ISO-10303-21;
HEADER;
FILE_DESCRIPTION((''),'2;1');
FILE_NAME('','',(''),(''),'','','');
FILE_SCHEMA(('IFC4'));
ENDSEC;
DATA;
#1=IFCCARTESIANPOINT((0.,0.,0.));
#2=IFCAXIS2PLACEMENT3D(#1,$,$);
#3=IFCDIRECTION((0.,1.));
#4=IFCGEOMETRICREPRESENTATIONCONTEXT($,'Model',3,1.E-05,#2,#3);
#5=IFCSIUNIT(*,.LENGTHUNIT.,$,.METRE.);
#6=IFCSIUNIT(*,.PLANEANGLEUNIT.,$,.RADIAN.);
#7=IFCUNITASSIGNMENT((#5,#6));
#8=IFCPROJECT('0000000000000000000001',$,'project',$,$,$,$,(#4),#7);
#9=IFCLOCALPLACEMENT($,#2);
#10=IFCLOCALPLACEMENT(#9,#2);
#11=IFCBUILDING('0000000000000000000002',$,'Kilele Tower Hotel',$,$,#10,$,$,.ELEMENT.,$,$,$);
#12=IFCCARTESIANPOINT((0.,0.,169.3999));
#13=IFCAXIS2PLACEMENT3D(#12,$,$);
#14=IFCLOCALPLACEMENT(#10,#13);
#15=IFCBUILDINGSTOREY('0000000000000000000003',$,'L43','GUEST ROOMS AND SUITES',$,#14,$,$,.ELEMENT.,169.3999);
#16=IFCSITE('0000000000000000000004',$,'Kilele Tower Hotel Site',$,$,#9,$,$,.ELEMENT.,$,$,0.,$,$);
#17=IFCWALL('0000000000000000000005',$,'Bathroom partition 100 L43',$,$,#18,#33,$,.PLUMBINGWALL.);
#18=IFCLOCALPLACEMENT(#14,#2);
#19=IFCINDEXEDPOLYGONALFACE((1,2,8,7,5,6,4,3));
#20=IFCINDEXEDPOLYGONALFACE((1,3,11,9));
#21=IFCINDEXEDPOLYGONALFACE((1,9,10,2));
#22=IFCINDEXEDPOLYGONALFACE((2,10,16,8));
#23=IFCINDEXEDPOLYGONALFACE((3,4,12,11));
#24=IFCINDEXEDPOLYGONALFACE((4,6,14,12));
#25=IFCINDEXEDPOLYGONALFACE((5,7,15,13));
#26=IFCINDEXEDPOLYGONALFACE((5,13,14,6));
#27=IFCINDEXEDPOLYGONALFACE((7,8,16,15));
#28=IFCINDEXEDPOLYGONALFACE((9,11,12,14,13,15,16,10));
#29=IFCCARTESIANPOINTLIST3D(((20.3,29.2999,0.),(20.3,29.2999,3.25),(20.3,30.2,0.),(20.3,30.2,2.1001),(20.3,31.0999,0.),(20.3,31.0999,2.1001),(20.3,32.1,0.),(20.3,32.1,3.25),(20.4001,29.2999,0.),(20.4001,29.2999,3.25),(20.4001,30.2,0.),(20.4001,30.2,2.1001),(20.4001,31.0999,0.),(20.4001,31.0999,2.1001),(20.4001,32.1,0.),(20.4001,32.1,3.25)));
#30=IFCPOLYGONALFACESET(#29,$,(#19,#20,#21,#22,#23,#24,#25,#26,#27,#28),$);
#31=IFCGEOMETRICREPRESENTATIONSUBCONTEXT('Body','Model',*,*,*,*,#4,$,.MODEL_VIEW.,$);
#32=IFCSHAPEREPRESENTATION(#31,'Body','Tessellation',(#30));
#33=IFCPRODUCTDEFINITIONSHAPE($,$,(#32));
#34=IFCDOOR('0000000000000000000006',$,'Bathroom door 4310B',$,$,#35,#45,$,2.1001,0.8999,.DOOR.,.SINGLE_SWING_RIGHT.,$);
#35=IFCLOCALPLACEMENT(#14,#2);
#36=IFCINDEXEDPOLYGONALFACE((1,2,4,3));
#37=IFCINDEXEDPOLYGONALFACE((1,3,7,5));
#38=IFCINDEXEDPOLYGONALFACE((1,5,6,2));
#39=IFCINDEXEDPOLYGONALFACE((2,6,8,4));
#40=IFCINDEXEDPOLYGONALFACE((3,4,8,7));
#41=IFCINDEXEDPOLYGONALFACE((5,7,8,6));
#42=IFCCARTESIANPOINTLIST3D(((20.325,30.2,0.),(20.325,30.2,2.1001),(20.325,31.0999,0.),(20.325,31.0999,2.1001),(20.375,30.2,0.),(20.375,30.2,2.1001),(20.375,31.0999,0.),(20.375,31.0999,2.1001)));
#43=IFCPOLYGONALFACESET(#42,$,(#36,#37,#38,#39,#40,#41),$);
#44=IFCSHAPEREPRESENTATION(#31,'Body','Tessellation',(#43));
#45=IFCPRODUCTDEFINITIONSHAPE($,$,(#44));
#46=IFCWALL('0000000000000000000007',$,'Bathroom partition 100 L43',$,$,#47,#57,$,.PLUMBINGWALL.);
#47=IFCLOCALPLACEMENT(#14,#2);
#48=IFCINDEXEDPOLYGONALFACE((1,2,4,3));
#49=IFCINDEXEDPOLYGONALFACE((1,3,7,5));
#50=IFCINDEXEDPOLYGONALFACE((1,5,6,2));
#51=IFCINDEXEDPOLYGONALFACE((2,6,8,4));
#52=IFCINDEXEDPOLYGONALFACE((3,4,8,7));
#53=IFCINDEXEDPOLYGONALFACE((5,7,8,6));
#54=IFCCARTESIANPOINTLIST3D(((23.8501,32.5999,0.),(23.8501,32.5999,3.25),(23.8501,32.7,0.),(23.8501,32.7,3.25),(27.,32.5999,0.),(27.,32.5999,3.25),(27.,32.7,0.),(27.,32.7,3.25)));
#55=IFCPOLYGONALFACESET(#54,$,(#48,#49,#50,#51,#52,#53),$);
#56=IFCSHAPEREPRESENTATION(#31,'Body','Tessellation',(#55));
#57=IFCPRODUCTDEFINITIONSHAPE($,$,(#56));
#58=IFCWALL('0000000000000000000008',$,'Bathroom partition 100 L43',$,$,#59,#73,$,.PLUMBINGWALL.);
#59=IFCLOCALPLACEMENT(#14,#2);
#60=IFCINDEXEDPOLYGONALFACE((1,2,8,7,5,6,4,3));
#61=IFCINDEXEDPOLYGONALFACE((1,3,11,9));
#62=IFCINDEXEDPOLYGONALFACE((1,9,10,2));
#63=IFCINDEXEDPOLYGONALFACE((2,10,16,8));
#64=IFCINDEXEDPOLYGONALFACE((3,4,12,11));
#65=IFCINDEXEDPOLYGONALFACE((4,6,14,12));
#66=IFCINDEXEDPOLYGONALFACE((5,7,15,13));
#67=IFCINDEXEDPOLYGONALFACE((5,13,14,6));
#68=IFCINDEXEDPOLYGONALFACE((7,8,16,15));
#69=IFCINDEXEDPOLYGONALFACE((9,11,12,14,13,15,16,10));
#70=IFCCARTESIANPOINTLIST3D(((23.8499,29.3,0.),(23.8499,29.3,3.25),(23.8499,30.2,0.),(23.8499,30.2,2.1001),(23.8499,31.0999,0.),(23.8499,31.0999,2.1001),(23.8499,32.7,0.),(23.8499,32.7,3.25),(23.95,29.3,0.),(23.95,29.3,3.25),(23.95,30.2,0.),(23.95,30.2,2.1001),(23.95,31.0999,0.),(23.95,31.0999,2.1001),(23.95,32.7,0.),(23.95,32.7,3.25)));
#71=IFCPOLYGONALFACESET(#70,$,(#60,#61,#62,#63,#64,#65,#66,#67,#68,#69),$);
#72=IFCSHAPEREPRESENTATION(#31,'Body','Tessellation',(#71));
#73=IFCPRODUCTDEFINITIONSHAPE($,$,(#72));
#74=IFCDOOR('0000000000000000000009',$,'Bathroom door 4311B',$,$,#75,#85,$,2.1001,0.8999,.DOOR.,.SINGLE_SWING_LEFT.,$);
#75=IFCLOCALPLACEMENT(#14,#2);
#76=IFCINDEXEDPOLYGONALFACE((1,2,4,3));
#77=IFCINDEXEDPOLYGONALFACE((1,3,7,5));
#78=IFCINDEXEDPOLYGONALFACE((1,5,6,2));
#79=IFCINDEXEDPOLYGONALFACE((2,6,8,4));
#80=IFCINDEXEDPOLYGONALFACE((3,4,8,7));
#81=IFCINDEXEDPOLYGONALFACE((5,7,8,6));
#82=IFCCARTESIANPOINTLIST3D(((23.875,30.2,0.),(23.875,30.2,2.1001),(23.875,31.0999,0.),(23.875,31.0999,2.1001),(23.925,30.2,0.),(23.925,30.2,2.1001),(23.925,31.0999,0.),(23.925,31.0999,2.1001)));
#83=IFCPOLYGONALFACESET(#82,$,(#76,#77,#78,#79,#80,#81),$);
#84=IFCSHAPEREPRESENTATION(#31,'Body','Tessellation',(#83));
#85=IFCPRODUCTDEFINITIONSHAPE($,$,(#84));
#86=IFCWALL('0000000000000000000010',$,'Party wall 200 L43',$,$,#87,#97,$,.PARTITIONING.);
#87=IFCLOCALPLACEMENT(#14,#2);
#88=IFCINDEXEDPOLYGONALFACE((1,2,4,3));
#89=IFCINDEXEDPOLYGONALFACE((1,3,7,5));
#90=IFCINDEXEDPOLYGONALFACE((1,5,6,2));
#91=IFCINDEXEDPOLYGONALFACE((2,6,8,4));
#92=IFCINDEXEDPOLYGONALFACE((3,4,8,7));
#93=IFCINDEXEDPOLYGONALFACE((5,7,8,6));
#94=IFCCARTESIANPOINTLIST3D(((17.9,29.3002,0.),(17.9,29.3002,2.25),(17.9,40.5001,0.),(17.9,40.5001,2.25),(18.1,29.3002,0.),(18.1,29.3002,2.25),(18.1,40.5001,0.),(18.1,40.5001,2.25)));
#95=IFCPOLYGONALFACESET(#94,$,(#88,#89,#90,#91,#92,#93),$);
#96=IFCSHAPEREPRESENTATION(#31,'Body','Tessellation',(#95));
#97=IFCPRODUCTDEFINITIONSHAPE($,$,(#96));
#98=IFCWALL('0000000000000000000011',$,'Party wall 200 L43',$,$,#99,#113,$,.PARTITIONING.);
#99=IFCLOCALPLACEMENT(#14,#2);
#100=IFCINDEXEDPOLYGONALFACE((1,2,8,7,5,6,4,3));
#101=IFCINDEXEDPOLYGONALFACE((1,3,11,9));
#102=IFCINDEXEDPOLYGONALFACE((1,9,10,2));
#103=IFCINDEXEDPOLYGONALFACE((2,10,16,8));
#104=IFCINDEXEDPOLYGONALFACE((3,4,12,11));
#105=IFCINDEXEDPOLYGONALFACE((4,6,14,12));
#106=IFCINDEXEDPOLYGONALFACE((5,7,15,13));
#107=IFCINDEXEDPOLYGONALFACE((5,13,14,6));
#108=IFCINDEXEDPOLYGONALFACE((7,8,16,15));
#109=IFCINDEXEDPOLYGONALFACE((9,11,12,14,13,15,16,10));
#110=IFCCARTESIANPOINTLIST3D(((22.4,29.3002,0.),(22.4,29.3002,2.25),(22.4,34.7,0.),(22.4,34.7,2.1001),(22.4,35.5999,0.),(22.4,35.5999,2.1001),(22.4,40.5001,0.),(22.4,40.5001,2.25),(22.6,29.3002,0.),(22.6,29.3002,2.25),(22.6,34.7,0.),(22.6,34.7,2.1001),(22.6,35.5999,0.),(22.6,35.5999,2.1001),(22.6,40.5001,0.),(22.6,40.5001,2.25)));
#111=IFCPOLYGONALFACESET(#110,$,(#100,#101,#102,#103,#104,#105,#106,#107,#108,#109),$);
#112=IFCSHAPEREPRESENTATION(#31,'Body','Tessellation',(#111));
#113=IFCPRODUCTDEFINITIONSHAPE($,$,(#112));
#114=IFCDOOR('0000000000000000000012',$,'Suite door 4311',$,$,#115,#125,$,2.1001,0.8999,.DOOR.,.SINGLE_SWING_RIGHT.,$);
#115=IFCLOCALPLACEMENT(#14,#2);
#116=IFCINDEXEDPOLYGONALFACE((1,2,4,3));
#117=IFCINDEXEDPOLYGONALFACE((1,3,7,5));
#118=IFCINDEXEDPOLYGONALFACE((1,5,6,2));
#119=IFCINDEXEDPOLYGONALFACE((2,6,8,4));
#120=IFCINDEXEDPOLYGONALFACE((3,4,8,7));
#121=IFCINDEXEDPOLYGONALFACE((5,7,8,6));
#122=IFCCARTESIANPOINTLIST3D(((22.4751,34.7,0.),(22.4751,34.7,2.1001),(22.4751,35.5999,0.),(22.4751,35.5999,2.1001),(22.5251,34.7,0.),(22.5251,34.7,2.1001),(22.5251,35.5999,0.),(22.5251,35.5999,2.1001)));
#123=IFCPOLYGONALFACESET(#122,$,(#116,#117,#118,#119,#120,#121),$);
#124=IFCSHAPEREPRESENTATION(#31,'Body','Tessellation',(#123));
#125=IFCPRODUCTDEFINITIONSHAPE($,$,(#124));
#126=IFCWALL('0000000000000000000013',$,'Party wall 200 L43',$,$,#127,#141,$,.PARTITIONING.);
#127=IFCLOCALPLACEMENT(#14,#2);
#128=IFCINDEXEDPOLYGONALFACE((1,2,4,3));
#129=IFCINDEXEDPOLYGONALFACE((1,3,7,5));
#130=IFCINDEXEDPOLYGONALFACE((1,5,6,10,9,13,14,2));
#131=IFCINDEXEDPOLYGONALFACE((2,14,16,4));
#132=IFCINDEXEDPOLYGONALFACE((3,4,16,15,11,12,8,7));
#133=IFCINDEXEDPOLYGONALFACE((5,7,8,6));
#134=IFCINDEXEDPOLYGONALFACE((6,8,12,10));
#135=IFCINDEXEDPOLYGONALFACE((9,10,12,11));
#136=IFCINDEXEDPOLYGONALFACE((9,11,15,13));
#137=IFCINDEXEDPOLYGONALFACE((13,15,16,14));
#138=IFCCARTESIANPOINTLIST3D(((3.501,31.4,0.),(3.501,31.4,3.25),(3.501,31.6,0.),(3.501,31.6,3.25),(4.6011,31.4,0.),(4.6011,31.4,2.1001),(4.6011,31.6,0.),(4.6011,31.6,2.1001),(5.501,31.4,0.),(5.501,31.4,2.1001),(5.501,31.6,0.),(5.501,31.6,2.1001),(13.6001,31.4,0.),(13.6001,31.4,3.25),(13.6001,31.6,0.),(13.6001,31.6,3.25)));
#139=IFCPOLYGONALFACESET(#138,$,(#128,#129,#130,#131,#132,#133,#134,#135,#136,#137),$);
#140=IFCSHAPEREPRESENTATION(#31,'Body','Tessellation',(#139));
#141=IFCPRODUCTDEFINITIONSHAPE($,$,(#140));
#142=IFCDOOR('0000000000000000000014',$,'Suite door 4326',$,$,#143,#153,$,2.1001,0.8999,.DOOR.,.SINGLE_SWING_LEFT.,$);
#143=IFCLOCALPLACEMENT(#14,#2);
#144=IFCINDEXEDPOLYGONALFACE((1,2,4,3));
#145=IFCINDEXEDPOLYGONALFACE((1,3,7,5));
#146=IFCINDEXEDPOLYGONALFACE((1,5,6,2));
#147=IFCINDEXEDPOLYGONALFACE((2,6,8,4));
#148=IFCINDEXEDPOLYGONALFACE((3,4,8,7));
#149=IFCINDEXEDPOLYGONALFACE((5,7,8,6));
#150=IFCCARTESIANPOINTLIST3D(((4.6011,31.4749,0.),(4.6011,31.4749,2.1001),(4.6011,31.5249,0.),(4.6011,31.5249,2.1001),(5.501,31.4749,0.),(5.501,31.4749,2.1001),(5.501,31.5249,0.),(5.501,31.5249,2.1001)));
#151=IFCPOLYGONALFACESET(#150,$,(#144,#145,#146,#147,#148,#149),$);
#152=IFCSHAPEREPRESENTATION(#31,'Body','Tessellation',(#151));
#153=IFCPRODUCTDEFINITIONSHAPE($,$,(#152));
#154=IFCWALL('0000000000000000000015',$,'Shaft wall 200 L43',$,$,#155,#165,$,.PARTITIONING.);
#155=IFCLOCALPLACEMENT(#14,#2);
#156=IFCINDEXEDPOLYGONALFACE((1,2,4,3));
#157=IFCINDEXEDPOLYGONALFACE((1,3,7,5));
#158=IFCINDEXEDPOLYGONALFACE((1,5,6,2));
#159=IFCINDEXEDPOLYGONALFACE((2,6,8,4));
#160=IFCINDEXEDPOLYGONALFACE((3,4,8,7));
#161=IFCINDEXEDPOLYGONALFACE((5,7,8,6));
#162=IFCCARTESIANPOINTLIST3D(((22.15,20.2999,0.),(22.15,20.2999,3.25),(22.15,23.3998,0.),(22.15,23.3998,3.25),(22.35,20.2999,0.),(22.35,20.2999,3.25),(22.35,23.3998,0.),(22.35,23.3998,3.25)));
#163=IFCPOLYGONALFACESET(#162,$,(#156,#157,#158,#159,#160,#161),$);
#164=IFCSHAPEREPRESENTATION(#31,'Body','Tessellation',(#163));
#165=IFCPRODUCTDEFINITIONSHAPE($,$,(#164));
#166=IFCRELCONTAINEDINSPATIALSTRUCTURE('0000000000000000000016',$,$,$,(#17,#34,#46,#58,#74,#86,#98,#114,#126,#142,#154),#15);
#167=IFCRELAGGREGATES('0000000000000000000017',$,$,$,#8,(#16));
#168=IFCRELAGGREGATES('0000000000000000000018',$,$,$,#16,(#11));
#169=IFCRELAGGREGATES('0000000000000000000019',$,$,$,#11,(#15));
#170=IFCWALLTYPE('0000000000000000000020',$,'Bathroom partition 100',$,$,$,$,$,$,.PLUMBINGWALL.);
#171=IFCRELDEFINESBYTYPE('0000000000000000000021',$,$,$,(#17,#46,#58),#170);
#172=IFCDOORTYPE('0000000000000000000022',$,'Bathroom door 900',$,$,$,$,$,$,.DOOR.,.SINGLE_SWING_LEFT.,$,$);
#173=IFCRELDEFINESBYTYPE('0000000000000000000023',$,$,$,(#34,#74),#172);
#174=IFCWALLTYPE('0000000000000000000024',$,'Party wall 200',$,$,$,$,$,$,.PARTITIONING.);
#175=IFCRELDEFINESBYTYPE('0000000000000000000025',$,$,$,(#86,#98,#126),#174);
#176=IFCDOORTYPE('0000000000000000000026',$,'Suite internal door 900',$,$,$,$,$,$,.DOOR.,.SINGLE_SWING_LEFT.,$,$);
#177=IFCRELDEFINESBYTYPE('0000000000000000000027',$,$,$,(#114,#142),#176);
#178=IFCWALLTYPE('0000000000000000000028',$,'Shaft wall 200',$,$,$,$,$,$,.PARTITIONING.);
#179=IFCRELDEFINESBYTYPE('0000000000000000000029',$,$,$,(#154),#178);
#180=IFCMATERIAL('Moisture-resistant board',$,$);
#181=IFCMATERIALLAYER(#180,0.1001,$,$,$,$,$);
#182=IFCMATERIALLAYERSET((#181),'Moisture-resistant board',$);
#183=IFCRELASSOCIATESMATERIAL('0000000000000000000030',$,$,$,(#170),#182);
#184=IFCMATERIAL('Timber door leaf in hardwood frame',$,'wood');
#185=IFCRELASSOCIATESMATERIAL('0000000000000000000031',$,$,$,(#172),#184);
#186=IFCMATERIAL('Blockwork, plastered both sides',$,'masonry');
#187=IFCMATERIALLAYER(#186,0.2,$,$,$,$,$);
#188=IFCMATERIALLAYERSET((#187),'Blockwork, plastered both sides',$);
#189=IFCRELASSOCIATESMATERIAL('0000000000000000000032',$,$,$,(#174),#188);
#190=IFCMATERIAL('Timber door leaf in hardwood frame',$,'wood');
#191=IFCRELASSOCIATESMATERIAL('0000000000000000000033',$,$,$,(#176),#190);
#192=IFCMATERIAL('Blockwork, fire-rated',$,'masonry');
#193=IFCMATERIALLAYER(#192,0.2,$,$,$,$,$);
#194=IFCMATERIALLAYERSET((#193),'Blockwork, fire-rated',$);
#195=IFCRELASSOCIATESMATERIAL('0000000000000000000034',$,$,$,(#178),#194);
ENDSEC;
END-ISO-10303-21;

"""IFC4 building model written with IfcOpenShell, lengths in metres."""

from ifc_helpers import new_model, si_unit, direction, frame, frame_2d, origin, place, context, subcontext, project, spatial, rectangle, extrude, material, layer, layer_set, type_object, element, fill, save


model = new_model("IFC4")

# Units and contexts
model_context = context("Model", 3, precision=1e-05, world=origin(), true_north=direction((0.0, 1.0)))
body_context = subcontext(model_context, "Body", "Model", "MODEL_VIEW")
ifc_project = project(units=[si_unit("LENGTHUNIT", "METRE"), si_unit("PLANEANGLEUNIT", "RADIAN")], contexts=[model_context])

# Site, building, storey
site_placement = place(None, origin())
site = spatial("IfcSite", under=ifc_project, at=site_placement, Name="Kilele Tower Hotel Site", CompositionType="ELEMENT", RefElevation=0.0)
building_placement = place(site_placement, origin())
building = spatial("IfcBuilding", under=site, at=building_placement, Name="Kilele Tower Hotel", CompositionType="ELEMENT")
storey_placement = place(building_placement, frame((0.0, 0.0, 169.3999)))
storey = spatial("IfcBuildingStorey", under=building, at=storey_placement, Name="L43", Description="GUEST ROOMS AND SUITES", CompositionType="ELEMENT", Elevation=169.3999)

# Shared definitions
ifc_material_1 = material(Name="Moisture-resistant board")
ifc_layer_1 = layer(ifc_material_1, 0.1001)
ifc_layer_set_1 = layer_set([ifc_layer_1], Name="Moisture-resistant board")
wall_type_1 = type_object("IfcWallType", Name="Bathroom partition 100", PredefinedType="PLUMBINGWALL", material=ifc_layer_set_1)

# Shared definitions
ifc_material_2 = material(Name="Timber door leaf in hardwood frame", Category="wood")
door_type_1 = type_object("IfcDoorType", Name="Bathroom door 900", OperationType="SINGLE_SWING_LEFT", PredefinedType="DOOR", material=ifc_material_2)

# Wall, opening, door
wall_1_placement = place(storey_placement, frame((20.3501, 29.3, 0.0), z_axis=(0.0, 0.0, 1.0), x_axis=(0.0, 1.0, 0.0)))
wall_1 = element("IfcWall", 1, at=wall_1_placement, inside=storey, type_object=wall_type_1, Name="Bathroom partition 100 L43", PredefinedType="PLUMBINGWALL", context=body_context, shape_type="SweptSolid", body=[
    extrude(rectangle(XDim=2.8, YDim=0.1001, at=frame_2d((1.3999, 0.0))), origin(), (0.0, 0.0, 1.0), 3.25),
])
opening_1_placement = place(wall_1_placement, frame((1.7998, 0.0, 0.0), z_axis=(0.0, 0.0, 1.0), x_axis=(-1.0, 0.0, 0.0)))
opening_1 = element("IfcOpeningElement", 2, at=opening_1_placement, cuts=wall_1, PredefinedType="OPENING", context=body_context, shape_type="SweptSolid", body=[
    extrude(rectangle(XDim=0.8999, YDim=2.1001, at=frame_2d((0.45, 1.05))), frame((0.0, 0.0601, 0.0), z_axis=(0.0, -1.0, 0.0), x_axis=(1.0, 0.0, 0.0)), (0.0, 0.0, 1.0), 0.1201),
])
door_1_placement = place(opening_1_placement, origin())
door_1 = element("IfcDoor", 3, at=door_1_placement, inside=storey, type_object=door_type_1, Name="Bathroom door 4310B", OperationType="SINGLE_SWING_RIGHT", OverallHeight=2.1001, OverallWidth=0.8999, PredefinedType="DOOR", context=body_context, shape_type="SweptSolid", body=[
    extrude(rectangle(XDim=0.8999, YDim=2.1001, at=frame_2d((0.45, 1.05))), frame((0.0, 0.0249, 0.0), z_axis=(0.0, -1.0, 0.0), x_axis=(1.0, 0.0, 0.0)), (0.0, 0.0, 1.0), 0.05),
])
fill(opening_1, door_1)

# Wall
wall_2_placement = place(storey_placement, frame((23.8501, 32.6499, 0.0), z_axis=(0.0, 0.0, 1.0), x_axis=(1.0, 0.0, 0.0)))
element("IfcWall", 4, at=wall_2_placement, inside=storey, type_object=wall_type_1, Name="Bathroom partition 100 L43", PredefinedType="PLUMBINGWALL", context=body_context, shape_type="SweptSolid", body=[
    extrude(rectangle(XDim=3.1499, YDim=0.1001, at=frame_2d((1.575, 0.0))), origin(), (0.0, 0.0, 1.0), 3.25),
])

# Wall, opening, door
wall_3_placement = place(storey_placement, frame((23.8999, 29.3, 0.0), z_axis=(0.0, 0.0, 1.0), x_axis=(0.0, 1.0, 0.0)))
wall_3 = element("IfcWall", 5, at=wall_3_placement, inside=storey, type_object=wall_type_1, Name="Bathroom partition 100 L43", PredefinedType="PLUMBINGWALL", context=body_context, shape_type="SweptSolid", body=[
    extrude(rectangle(XDim=3.3999, YDim=0.1001, at=frame_2d((1.7, 0.0))), origin(), (0.0, 0.0, 1.0), 3.25),
])
opening_2_placement = place(wall_3_placement, frame((0.8999, 0.0, 0.0)))
opening_2 = element("IfcOpeningElement", 6, at=opening_2_placement, cuts=wall_3, PredefinedType="OPENING", context=body_context, shape_type="SweptSolid", body=[
    extrude(rectangle(XDim=0.8999, YDim=2.1001, at=frame_2d((0.45, 1.05))), frame((0.0, 0.0601, 0.0), z_axis=(0.0, -1.0, 0.0), x_axis=(1.0, 0.0, 0.0)), (0.0, 0.0, 1.0), 0.1201),
])
door_2_placement = place(opening_2_placement, origin())
door_2 = element("IfcDoor", 7, at=door_2_placement, inside=storey, type_object=door_type_1, Name="Bathroom door 4311B", OperationType="SINGLE_SWING_LEFT", OverallHeight=2.1001, OverallWidth=0.8999, PredefinedType="DOOR", context=body_context, shape_type="SweptSolid", body=[
    extrude(rectangle(XDim=0.8999, YDim=2.1001, at=frame_2d((0.45, 1.05))), frame((0.0, 0.0249, 0.0), z_axis=(0.0, -1.0, 0.0), x_axis=(1.0, 0.0, 0.0)), (0.0, 0.0, 1.0), 0.05),
])
fill(opening_2, door_2)

# Wall
ifc_material_3 = material(Name="Blockwork, plastered both sides", Category="masonry")
ifc_layer_2 = layer(ifc_material_3, 0.2)
ifc_layer_set_2 = layer_set([ifc_layer_2], Name="Blockwork, plastered both sides")
wall_type_2 = type_object("IfcWallType", Name="Party wall 200", PredefinedType="PARTITIONING", material=ifc_layer_set_2)
wall_4_placement = place(storey_placement, frame((18.0, 29.3, 0.0), z_axis=(0.0, 0.0, 1.0), x_axis=(0.0, 1.0, 0.0)))
element("IfcWall", 8, at=wall_4_placement, inside=storey, type_object=wall_type_2, Name="Party wall 200 L43", PredefinedType="PARTITIONING", context=body_context, shape_type="SweptSolid", body=[
    extrude(rectangle(XDim=11.2, YDim=0.2, at=frame_2d((5.6001, 0.0))), origin(), (0.0, 0.0, 1.0), 2.25),
])

# Walls, openings, doors
wall_5_placement = place(storey_placement, frame((22.5, 29.3, 0.0), z_axis=(0.0, 0.0, 1.0), x_axis=(0.0, 1.0, 0.0)))
wall_5 = element("IfcWall", 9, at=wall_5_placement, inside=storey, type_object=wall_type_2, Name="Party wall 200 L43", PredefinedType="PARTITIONING", context=body_context, shape_type="SweptSolid", body=[
    extrude(rectangle(XDim=11.2, YDim=0.2, at=frame_2d((5.6001, 0.0))), origin(), (0.0, 0.0, 1.0), 2.25),
])
opening_3_placement = place(wall_5_placement, frame((5.3999, 0.0, 0.0)))
opening_3 = element("IfcOpeningElement", 10, at=opening_3_placement, cuts=wall_5, PredefinedType="OPENING", context=body_context, shape_type="SweptSolid", body=[
    extrude(rectangle(XDim=0.8999, YDim=2.1001, at=frame_2d((0.45, 1.05))), frame((0.0, 0.1099, 0.0), z_axis=(0.0, -1.0, 0.0), x_axis=(1.0, 0.0, 0.0)), (0.0, 0.0, 1.0), 0.22),
])
ifc_material_4 = material(Name="Timber door leaf in hardwood frame", Category="wood")
door_type_2 = type_object("IfcDoorType", Name="Suite internal door 900", OperationType="SINGLE_SWING_LEFT", PredefinedType="DOOR", material=ifc_material_4)
door_3_placement = place(opening_3_placement, origin())
door_3 = element("IfcDoor", 11, at=door_3_placement, inside=storey, type_object=door_type_2, Name="Suite door 4311", OperationType="SINGLE_SWING_RIGHT", OverallHeight=2.1001, OverallWidth=0.8999, PredefinedType="DOOR", context=body_context, shape_type="SweptSolid", body=[
    extrude(rectangle(XDim=0.8999, YDim=2.1001, at=frame_2d((0.45, 1.05))), frame((0.0, 0.0249, 0.0), z_axis=(0.0, -1.0, 0.0), x_axis=(1.0, 0.0, 0.0)), (0.0, 0.0, 1.0), 0.05),
])
fill(opening_3, door_3)
wall_6_placement = place(storey_placement, frame((13.6001, 31.5, 0.0), z_axis=(0.0, 0.0, 1.0), x_axis=(-1.0, 0.0, 0.0)))
wall_6 = element("IfcWall", 12, at=wall_6_placement, inside=storey, type_object=wall_type_2, Name="Party wall 200 L43", PredefinedType="PARTITIONING", context=body_context, shape_type="SweptSolid", body=[
    extrude(rectangle(XDim=10.0991, YDim=0.2, at=frame_2d((5.0496, 0.0))), origin(), (0.0, 0.0, 1.0), 3.25),
])
opening_4_placement = place(wall_6_placement, frame((8.999, 0.0, 0.0), z_axis=(0.0, 0.0, 1.0), x_axis=(-1.0, 0.0, 0.0)))
opening_4 = element("IfcOpeningElement", 13, at=opening_4_placement, cuts=wall_6, PredefinedType="OPENING", context=body_context, shape_type="SweptSolid", body=[
    extrude(rectangle(XDim=0.8999, YDim=2.1001, at=frame_2d((0.45, 1.05))), frame((0.0, 0.1099, 0.0), z_axis=(0.0, -1.0, 0.0), x_axis=(1.0, 0.0, 0.0)), (0.0, 0.0, 1.0), 0.22),
])
door_4_placement = place(opening_4_placement, origin())
door_4 = element("IfcDoor", 14, at=door_4_placement, inside=storey, type_object=door_type_2, Name="Suite door 4326", OperationType="SINGLE_SWING_LEFT", OverallHeight=2.1001, OverallWidth=0.8999, PredefinedType="DOOR", context=body_context, shape_type="SweptSolid", body=[
    extrude(rectangle(XDim=0.8999, YDim=2.1001, at=frame_2d((0.45, 1.05))), frame((0.0, 0.0249, 0.0), z_axis=(0.0, -1.0, 0.0), x_axis=(1.0, 0.0, 0.0)), (0.0, 0.0, 1.0), 0.05),
])
fill(opening_4, door_4)

# Wall
ifc_material_5 = material(Name="Blockwork, fire-rated", Category="masonry")
ifc_layer_3 = layer(ifc_material_5, 0.2)
ifc_layer_set_3 = layer_set([ifc_layer_3], Name="Blockwork, fire-rated")
wall_type_3 = type_object("IfcWallType", Name="Shaft wall 200", PredefinedType="PARTITIONING", material=ifc_layer_set_3)
wall_7_placement = place(storey_placement, frame((22.25, 20.3, 0.0), z_axis=(0.0, 0.0, 1.0), x_axis=(0.0, 1.0, 0.0)))
element("IfcWall", 15, at=wall_7_placement, inside=storey, type_object=wall_type_3, Name="Shaft wall 200 L43", PredefinedType="PARTITIONING", context=body_context, shape_type="SweptSolid", body=[
    extrude(rectangle(XDim=3.0999, YDim=0.2, at=frame_2d((1.5498, 0.0))), origin(), (0.0, 0.0, 1.0), 3.25),
])

save(model, "model.ifc")
